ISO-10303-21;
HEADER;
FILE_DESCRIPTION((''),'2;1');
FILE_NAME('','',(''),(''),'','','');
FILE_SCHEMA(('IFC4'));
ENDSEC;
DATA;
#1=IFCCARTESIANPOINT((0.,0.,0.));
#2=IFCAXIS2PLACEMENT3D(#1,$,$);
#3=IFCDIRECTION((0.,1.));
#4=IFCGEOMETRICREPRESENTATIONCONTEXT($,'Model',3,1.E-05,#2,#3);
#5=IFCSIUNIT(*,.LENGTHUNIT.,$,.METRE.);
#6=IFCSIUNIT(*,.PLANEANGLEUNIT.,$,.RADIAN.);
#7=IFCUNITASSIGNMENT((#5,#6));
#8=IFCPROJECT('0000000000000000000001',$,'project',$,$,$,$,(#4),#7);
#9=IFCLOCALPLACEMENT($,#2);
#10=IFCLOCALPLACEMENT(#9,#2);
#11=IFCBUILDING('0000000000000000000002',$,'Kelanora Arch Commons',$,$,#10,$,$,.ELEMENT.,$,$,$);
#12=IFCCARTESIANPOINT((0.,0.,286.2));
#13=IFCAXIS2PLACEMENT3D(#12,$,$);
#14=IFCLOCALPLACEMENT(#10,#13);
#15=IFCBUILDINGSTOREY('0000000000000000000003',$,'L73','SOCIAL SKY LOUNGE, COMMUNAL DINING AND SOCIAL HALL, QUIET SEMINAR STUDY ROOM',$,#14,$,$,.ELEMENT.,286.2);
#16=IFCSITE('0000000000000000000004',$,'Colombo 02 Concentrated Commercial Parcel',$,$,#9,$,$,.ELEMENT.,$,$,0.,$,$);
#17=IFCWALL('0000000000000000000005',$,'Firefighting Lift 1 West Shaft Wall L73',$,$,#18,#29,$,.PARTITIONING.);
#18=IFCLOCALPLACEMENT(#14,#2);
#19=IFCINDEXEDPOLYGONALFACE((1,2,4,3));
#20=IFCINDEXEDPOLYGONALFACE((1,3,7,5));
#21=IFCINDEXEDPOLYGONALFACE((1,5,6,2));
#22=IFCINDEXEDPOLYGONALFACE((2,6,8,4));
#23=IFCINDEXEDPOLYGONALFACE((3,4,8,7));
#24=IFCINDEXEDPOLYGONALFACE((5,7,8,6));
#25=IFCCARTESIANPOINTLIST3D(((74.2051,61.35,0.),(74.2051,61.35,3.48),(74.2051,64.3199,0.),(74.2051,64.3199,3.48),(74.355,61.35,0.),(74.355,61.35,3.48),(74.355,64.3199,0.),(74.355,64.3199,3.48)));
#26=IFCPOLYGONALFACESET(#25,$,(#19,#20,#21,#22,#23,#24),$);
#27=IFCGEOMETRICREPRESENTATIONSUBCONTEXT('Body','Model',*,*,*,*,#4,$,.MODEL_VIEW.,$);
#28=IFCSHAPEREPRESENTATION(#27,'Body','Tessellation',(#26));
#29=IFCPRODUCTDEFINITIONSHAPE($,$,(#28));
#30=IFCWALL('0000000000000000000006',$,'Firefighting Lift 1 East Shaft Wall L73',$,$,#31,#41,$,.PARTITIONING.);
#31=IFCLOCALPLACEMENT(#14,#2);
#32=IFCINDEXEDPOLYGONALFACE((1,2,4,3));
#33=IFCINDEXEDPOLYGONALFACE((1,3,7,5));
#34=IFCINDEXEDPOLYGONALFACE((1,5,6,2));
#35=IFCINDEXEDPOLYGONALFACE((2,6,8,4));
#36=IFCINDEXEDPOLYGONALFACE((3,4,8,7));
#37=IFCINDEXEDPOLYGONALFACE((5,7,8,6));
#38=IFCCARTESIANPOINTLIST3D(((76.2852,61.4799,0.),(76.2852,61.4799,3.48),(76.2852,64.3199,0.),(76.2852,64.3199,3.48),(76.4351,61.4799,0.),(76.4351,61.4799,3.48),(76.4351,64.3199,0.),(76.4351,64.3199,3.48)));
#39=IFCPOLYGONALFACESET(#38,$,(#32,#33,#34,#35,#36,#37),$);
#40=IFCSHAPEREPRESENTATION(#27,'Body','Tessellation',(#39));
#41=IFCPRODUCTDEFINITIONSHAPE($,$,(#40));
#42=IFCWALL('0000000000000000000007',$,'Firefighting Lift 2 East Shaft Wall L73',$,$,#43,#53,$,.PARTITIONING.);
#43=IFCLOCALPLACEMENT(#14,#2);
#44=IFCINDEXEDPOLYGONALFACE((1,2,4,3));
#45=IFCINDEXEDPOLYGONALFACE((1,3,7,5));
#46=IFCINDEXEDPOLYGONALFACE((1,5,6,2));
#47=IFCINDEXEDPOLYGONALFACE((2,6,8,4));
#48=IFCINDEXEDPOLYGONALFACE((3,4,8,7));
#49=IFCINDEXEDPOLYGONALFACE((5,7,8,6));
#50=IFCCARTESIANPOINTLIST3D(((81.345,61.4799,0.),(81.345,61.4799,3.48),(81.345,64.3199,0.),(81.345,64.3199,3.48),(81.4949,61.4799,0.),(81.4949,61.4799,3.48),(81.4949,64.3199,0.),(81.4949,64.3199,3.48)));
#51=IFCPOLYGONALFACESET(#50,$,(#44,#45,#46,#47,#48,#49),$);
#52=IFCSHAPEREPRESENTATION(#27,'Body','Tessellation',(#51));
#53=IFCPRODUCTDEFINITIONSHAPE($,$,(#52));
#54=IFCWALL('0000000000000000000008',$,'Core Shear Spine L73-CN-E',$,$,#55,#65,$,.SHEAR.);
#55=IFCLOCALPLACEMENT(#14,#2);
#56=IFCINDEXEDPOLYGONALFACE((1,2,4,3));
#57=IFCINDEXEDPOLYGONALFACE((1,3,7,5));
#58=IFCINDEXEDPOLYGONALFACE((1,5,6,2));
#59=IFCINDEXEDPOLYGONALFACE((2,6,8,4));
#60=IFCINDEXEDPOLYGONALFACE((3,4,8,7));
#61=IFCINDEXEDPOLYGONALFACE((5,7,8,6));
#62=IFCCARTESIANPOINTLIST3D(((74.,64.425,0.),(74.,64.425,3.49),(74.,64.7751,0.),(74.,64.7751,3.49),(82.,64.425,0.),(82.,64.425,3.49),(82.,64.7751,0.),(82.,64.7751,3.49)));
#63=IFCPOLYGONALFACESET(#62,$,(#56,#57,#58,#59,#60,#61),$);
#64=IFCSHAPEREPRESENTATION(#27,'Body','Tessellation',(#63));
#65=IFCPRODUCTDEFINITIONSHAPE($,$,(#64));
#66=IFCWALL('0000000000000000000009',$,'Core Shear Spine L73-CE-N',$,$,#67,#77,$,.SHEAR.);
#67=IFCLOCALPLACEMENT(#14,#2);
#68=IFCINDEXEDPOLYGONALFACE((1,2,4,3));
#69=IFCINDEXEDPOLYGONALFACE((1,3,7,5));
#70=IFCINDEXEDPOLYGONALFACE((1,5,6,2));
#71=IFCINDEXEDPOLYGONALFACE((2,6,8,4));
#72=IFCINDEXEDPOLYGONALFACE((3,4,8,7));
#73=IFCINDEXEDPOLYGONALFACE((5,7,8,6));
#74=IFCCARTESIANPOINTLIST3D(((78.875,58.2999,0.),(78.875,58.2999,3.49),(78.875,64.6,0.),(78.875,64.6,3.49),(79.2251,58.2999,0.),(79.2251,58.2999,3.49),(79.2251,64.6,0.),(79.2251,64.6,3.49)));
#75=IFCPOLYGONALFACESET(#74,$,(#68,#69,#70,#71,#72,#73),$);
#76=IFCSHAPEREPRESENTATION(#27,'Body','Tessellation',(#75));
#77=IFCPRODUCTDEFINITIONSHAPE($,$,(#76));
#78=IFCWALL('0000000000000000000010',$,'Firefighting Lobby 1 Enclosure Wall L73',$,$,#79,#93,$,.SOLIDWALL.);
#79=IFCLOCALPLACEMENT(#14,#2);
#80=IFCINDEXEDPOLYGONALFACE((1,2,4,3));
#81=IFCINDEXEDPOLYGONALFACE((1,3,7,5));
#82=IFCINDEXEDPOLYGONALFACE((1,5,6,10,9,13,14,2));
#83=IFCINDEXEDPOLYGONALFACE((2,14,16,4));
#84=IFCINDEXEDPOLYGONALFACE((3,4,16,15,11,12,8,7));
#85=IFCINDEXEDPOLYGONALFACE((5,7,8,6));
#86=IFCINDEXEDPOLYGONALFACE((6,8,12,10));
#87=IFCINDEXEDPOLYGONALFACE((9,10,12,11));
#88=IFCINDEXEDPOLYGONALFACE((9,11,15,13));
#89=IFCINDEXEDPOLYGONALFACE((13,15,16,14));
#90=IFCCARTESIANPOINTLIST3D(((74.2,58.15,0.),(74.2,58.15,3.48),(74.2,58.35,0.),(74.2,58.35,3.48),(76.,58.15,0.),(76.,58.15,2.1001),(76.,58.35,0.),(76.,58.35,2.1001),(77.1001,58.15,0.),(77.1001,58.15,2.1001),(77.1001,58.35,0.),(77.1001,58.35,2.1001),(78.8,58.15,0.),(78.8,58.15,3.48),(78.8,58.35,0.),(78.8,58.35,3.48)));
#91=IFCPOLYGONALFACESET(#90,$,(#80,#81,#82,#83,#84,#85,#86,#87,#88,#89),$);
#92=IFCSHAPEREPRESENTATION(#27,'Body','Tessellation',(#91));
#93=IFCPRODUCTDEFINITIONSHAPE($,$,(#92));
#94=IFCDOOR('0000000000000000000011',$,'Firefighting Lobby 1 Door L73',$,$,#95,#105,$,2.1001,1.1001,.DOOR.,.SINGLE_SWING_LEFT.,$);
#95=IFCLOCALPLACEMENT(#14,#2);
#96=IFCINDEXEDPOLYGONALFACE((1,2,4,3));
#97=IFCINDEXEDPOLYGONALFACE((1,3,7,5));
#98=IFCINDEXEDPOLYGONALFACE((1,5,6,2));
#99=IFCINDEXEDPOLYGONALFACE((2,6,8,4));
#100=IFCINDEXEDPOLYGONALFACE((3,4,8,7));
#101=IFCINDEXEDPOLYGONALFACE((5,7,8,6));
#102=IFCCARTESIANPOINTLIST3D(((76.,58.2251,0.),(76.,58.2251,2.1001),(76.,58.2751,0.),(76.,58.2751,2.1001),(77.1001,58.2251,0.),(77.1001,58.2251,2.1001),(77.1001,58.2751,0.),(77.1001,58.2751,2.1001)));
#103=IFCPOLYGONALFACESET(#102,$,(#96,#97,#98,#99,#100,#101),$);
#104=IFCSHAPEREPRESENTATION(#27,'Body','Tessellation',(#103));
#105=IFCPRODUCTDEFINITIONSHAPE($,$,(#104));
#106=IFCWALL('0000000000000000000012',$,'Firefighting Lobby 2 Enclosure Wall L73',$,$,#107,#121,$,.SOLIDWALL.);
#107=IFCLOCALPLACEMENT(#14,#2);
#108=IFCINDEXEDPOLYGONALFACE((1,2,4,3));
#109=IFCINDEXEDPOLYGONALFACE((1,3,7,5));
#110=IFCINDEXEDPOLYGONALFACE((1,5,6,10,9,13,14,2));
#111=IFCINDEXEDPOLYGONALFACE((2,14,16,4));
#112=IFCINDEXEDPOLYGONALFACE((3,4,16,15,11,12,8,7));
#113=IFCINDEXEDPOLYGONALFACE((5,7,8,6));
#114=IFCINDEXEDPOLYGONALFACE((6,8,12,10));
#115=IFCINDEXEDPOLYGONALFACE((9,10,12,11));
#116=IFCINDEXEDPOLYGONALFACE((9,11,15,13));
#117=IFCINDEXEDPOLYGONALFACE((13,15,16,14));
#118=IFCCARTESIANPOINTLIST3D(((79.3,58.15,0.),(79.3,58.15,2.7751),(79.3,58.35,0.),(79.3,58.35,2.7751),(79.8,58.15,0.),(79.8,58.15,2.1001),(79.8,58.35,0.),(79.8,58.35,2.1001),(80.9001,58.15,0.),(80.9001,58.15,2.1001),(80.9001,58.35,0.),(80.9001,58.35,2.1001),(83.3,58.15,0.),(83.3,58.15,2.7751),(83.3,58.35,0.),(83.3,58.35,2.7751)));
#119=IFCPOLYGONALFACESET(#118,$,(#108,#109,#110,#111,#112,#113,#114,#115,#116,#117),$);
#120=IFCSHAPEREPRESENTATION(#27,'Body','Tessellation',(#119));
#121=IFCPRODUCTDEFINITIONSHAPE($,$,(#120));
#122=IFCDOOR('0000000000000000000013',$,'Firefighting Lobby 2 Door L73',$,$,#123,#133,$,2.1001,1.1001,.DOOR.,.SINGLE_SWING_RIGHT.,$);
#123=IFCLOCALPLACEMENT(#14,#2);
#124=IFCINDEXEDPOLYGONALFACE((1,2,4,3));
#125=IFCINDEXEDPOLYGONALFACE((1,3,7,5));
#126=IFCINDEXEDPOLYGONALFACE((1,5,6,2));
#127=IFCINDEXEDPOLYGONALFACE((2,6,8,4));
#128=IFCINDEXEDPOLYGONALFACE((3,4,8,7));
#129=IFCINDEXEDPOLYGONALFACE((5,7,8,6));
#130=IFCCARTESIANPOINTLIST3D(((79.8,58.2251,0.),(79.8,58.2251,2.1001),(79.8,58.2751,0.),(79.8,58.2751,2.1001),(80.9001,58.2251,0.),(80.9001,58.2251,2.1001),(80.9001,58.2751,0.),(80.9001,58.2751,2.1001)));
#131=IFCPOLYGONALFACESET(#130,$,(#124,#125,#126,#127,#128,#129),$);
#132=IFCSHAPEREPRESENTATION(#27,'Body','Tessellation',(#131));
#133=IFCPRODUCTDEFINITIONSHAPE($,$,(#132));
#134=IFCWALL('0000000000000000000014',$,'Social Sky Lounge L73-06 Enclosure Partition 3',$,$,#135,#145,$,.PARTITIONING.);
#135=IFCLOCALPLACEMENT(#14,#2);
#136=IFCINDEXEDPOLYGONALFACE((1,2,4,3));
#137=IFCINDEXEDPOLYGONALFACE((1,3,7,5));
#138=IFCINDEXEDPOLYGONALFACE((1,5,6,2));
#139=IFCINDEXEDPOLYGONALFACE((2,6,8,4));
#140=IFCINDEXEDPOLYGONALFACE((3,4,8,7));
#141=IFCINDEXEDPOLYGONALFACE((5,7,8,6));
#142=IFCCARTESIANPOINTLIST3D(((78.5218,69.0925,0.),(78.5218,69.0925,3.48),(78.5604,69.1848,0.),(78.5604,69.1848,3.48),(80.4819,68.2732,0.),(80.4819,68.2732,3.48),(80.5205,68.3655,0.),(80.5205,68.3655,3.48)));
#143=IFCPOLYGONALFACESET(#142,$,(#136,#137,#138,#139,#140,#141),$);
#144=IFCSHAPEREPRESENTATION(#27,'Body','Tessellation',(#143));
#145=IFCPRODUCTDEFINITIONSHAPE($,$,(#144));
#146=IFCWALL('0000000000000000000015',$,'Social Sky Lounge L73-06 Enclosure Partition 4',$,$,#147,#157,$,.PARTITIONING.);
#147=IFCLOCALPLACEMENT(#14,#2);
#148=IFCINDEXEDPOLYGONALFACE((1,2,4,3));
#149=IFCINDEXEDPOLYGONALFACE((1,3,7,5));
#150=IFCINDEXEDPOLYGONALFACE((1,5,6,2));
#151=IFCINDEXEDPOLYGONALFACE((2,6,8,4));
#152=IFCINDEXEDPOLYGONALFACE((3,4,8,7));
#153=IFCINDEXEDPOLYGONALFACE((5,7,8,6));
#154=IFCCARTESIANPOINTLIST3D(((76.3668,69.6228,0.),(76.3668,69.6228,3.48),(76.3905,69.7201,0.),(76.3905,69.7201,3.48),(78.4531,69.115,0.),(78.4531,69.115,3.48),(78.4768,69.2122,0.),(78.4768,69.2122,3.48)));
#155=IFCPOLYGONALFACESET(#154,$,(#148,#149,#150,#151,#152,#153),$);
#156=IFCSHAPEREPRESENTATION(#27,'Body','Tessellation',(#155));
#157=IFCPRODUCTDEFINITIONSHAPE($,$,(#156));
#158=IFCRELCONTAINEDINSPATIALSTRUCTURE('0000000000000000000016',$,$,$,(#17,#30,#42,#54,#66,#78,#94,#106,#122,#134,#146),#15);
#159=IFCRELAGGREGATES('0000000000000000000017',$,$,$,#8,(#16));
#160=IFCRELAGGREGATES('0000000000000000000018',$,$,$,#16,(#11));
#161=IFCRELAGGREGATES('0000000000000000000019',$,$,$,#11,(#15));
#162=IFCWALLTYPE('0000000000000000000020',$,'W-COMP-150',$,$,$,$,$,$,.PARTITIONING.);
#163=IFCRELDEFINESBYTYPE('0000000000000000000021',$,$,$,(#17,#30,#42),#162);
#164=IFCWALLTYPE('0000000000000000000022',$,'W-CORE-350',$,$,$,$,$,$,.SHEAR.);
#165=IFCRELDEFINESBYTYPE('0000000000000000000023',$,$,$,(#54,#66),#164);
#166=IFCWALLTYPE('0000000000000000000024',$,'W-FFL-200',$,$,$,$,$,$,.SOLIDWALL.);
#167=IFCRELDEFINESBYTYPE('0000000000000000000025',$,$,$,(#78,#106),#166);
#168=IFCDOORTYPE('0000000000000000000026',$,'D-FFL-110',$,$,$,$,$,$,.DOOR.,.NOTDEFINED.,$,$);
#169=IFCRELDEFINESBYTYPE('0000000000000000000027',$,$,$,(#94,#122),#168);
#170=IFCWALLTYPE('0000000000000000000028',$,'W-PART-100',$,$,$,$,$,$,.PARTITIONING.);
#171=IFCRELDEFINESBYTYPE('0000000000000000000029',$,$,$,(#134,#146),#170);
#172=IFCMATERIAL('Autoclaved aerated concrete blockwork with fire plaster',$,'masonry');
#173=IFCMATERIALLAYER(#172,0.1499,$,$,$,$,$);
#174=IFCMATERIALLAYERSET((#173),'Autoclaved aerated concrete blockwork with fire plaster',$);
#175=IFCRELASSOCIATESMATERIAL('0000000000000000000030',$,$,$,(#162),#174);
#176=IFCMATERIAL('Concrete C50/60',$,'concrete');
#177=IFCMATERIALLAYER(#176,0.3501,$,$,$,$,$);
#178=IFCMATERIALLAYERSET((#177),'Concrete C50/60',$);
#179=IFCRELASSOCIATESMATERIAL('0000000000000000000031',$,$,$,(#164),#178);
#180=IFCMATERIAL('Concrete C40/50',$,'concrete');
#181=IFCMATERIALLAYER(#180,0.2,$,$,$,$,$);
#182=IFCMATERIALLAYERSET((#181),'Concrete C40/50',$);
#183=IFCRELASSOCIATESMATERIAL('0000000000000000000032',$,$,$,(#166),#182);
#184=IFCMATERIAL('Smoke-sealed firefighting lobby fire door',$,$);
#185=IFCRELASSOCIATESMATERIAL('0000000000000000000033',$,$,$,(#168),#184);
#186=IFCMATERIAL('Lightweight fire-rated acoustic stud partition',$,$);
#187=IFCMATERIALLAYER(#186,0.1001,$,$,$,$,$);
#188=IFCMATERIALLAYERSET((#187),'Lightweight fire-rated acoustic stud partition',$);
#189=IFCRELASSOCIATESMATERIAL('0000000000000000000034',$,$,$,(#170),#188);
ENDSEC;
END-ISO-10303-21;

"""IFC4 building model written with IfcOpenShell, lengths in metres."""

from ifc_helpers import new_model, si_unit, direction, frame, frame_2d, origin, place, context, subcontext, project, spatial, rectangle, extrude, material, layer, layer_set, type_object, element, fill, save


model = new_model("IFC4")

# Units and contexts
model_context = context("Model", 3, precision=1e-05, world=origin(), true_north=direction((0.0, 1.0)))
body_context = subcontext(model_context, "Body", "Model", "MODEL_VIEW")
ifc_project = project(units=[si_unit("LENGTHUNIT", "METRE"), si_unit("PLANEANGLEUNIT", "RADIAN")], contexts=[model_context])

# Site, building, storey
site_placement = place(None, origin())
site = spatial("IfcSite", under=ifc_project, at=site_placement, Name="Colombo 02 Concentrated Commercial Parcel", CompositionType="ELEMENT", RefElevation=0.0)
building_placement = place(site_placement, origin())
building = spatial("IfcBuilding", under=site, at=building_placement, Name="Kelanora Arch Commons", CompositionType="ELEMENT")
storey_placement = place(building_placement, frame((0.0, 0.0, 286.2)))
storey = spatial("IfcBuildingStorey", under=building, at=storey_placement, Name="L73", Description="SOCIAL SKY LOUNGE, COMMUNAL DINING AND SOCIAL HALL, QUIET SEMINAR STUDY ROOM", CompositionType="ELEMENT", Elevation=286.2)

# Shared definitions
ifc_material_1 = material(Name="Concrete C50/60", Category="concrete")

# Walls
ifc_material_2 = material(Name="Autoclaved aerated concrete blockwork with fire plaster", Category="masonry")
ifc_layer_1 = layer(ifc_material_2, 0.1499)
ifc_layer_set_1 = layer_set([ifc_layer_1], Name="Autoclaved aerated concrete blockwork with fire plaster")
wall_type_1 = type_object("IfcWallType", Name="W-COMP-150", PredefinedType="PARTITIONING", material=ifc_layer_set_1)
wall_1_placement = place(storey_placement, frame((74.28, 61.3501, 0.0), z_axis=(0.0, 0.0, 1.0), x_axis=(0.0, 1.0, 0.0)))
element("IfcWall", 1, at=wall_1_placement, inside=storey, type_object=wall_type_1, Name="Firefighting Lift 1 West Shaft Wall L73", PredefinedType="PARTITIONING", context=body_context, shape_type="SweptSolid", body=[
    extrude(rectangle(XDim=2.97, YDim=0.1499, at=frame_2d((1.4849, 0.0))), origin(), (0.0, 0.0, 1.0), 3.48),
])
for number, where, z_axis, x_axis, name in (
    (2, (76.3601, 61.48, 0.0), (0.0, 0.0, 1.0), (0.0, 1.0, 0.0), "Firefighting Lift 1 East Shaft Wall L73"),
    (3, (81.4199, 61.48, 0.0), (0.0, 0.0, 1.0), (0.0, 1.0, 0.0), "Firefighting Lift 2 East Shaft Wall L73"),
):
    element("IfcWall", number, at=place(storey_placement, frame(where, z_axis=z_axis, x_axis=x_axis)), inside=storey, type_object=wall_type_1, Name=name, PredefinedType="PARTITIONING", context=body_context, shape_type="SweptSolid", body=[
        extrude(rectangle(XDim=2.8401, YDim=0.1499, at=frame_2d((1.4199, 0.0))), origin(), (0.0, 0.0, 1.0), 3.48),
    ])
ifc_layer_2 = layer(ifc_material_1, 0.3501)
ifc_layer_set_2 = layer_set([ifc_layer_2], Name="Concrete C50/60")
wall_type_2 = type_object("IfcWallType", Name="W-CORE-350", PredefinedType="SHEAR", material=ifc_layer_set_2)
wall_2_placement = place(storey_placement, frame((74.0, 64.6001, 0.0), z_axis=(0.0, 0.0, 1.0), x_axis=(1.0, 0.0, 0.0)))
element("IfcWall", 4, at=wall_2_placement, inside=storey, type_object=wall_type_2, Name="Core Shear Spine L73-CN-E", PredefinedType="SHEAR", context=body_context, shape_type="SweptSolid", body=[
    extrude(rectangle(XDim=8.0, YDim=0.3501, at=frame_2d((4.0, 0.0))), origin(), (0.0, 0.0, 1.0), 3.49),
])
wall_3_placement = place(storey_placement, frame((79.05, 58.3, 0.0), z_axis=(0.0, 0.0, 1.0), x_axis=(0.0, 1.0, 0.0)))
element("IfcWall", 5, at=wall_3_placement, inside=storey, type_object=wall_type_2, Name="Core Shear Spine L73-CE-N", PredefinedType="SHEAR", context=body_context, shape_type="SweptSolid", body=[
    extrude(rectangle(XDim=6.3, YDim=0.3501, at=frame_2d((3.1499, 0.0))), origin(), (0.0, 0.0, 1.0), 3.49),
])

# Walls, openings, doors
ifc_material_3 = material(Name="Concrete C40/50", Category="concrete")
ifc_layer_3 = layer(ifc_material_3, 0.2)
ifc_layer_set_3 = layer_set([ifc_layer_3], Name="Concrete C40/50")
wall_type_3 = type_object("IfcWallType", Name="W-FFL-200", PredefinedType="SOLIDWALL", material=ifc_layer_set_3)
wall_4_placement = place(storey_placement, frame((74.2, 58.25, 0.0), z_axis=(0.0, 0.0, 1.0), x_axis=(1.0, 0.0, 0.0)))
wall_4 = element("IfcWall", 6, at=wall_4_placement, inside=storey, type_object=wall_type_3, Name="Firefighting Lobby 1 Enclosure Wall L73", PredefinedType="SOLIDWALL", context=body_context, shape_type="SweptSolid", body=[
    extrude(rectangle(XDim=4.6001, YDim=0.2, at=frame_2d((2.3, 0.0))), origin(), (0.0, 0.0, 1.0), 3.48),
])
opening_1_placement = place(wall_4_placement, frame((1.8, 0.0, 0.0)))
opening_1 = element("IfcOpeningElement", 7, at=opening_1_placement, cuts=wall_4, PredefinedType="OPENING", context=body_context, shape_type="SweptSolid", body=[
    extrude(rectangle(XDim=1.1001, YDim=2.1001, at=frame_2d((0.55, 1.05))), frame((0.0, 0.1099, 0.0), z_axis=(0.0, -1.0, 0.0), x_axis=(1.0, 0.0, 0.0)), (0.0, 0.0, 1.0), 0.22),
])
ifc_material_4 = material(Name="Smoke-sealed firefighting lobby fire door")
door_type_1 = type_object("IfcDoorType", Name="D-FFL-110", OperationType="NOTDEFINED", PredefinedType="DOOR", material=ifc_material_4)
door_1_placement = place(opening_1_placement, frame((1.1001, 0.0, 0.0), z_axis=(0.0, 0.0, 1.0), x_axis=(-1.0, 0.0, 0.0)))
door_1 = element("IfcDoor", 8, at=door_1_placement, inside=storey, type_object=door_type_1, Name="Firefighting Lobby 1 Door L73", OperationType="SINGLE_SWING_LEFT", OverallHeight=2.1001, OverallWidth=1.1001, PredefinedType="DOOR", context=body_context, shape_type="SweptSolid", body=[
    extrude(rectangle(XDim=1.1001, YDim=2.1001, at=frame_2d((0.55, 1.05))), frame((0.0, 0.0249, 0.0), z_axis=(0.0, -1.0, 0.0), x_axis=(1.0, 0.0, 0.0)), (0.0, 0.0, 1.0), 0.05),
])
fill(opening_1, door_1)
wall_5_placement = place(storey_placement, frame((79.3, 58.25, 0.0), z_axis=(0.0, 0.0, 1.0), x_axis=(1.0, 0.0, 0.0)))
wall_5 = element("IfcWall", 9, at=wall_5_placement, inside=storey, type_object=wall_type_3, Name="Firefighting Lobby 2 Enclosure Wall L73", PredefinedType="SOLIDWALL", context=body_context, shape_type="SweptSolid", body=[
    extrude(rectangle(XDim=4.0, YDim=0.2, at=frame_2d((2.0, 0.0))), origin(), (0.0, 0.0, 1.0), 2.7751),
])
opening_2_placement = place(wall_5_placement, frame((0.5, 0.0, 0.0)))
opening_2 = element("IfcOpeningElement", 10, at=opening_2_placement, cuts=wall_5, PredefinedType="OPENING", context=body_context, shape_type="SweptSolid", body=[
    extrude(rectangle(XDim=1.1001, YDim=2.1001, at=frame_2d((0.55, 1.05))), frame((0.0, 0.1099, 0.0), z_axis=(0.0, -1.0, 0.0), x_axis=(1.0, 0.0, 0.0)), (0.0, 0.0, 1.0), 0.22),
])
door_2_placement = place(opening_2_placement, frame((1.1001, 0.0, 0.0), z_axis=(0.0, 0.0, 1.0), x_axis=(-1.0, 0.0, 0.0)))
door_2 = element("IfcDoor", 11, at=door_2_placement, inside=storey, type_object=door_type_1, Name="Firefighting Lobby 2 Door L73", OperationType="SINGLE_SWING_RIGHT", OverallHeight=2.1001, OverallWidth=1.1001, PredefinedType="DOOR", context=body_context, shape_type="SweptSolid", body=[
    extrude(rectangle(XDim=1.1001, YDim=2.1001, at=frame_2d((0.55, 1.05))), frame((0.0, 0.0249, 0.0), z_axis=(0.0, -1.0, 0.0), x_axis=(1.0, 0.0, 0.0)), (0.0, 0.0, 1.0), 0.05),
])
fill(opening_2, door_2)

# Walls
ifc_material_5 = material(Name="Lightweight fire-rated acoustic stud partition")
ifc_layer_4 = layer(ifc_material_5, 0.1001)
ifc_layer_set_4 = layer_set([ifc_layer_4], Name="Lightweight fire-rated acoustic stud partition")
wall_type_4 = type_object("IfcWallType", Name="W-PART-100", PredefinedType="PARTITIONING", material=ifc_layer_set_4)
wall_6_placement = place(storey_placement, frame((80.5012, 68.3193, 0.0), z_axis=(0.0, 0.0, 1.0), x_axis=(-0.922645, 0.385651, 0.0)))
element("IfcWall", 12, at=wall_6_placement, inside=storey, type_object=wall_type_4, Name="Social Sky Lounge L73-06 Enclosure Partition 3", PredefinedType="PARTITIONING", context=body_context, shape_type="SweptSolid", body=[
    extrude(rectangle(XDim=2.1245, YDim=0.1001, at=frame_2d((1.0623, 0.0))), origin(), (0.0, 0.0, 1.0), 3.48),
])
wall_7_placement = place(storey_placement, frame((78.4651, 69.1636, 0.0), z_axis=(0.0, 0.0, 1.0), x_axis=(-0.971629, 0.236511, 0.0)))
element("IfcWall", 13, at=wall_7_placement, inside=storey, type_object=wall_type_4, Name="Social Sky Lounge L73-06 Enclosure Partition 4", PredefinedType="PARTITIONING", context=body_context, shape_type="SweptSolid", body=[
    extrude(rectangle(XDim=2.1472, YDim=0.1001, at=frame_2d((1.0737, 0.0))), origin(), (0.0, 0.0, 1.0), 3.48),
])

save(model, "model.ifc")
